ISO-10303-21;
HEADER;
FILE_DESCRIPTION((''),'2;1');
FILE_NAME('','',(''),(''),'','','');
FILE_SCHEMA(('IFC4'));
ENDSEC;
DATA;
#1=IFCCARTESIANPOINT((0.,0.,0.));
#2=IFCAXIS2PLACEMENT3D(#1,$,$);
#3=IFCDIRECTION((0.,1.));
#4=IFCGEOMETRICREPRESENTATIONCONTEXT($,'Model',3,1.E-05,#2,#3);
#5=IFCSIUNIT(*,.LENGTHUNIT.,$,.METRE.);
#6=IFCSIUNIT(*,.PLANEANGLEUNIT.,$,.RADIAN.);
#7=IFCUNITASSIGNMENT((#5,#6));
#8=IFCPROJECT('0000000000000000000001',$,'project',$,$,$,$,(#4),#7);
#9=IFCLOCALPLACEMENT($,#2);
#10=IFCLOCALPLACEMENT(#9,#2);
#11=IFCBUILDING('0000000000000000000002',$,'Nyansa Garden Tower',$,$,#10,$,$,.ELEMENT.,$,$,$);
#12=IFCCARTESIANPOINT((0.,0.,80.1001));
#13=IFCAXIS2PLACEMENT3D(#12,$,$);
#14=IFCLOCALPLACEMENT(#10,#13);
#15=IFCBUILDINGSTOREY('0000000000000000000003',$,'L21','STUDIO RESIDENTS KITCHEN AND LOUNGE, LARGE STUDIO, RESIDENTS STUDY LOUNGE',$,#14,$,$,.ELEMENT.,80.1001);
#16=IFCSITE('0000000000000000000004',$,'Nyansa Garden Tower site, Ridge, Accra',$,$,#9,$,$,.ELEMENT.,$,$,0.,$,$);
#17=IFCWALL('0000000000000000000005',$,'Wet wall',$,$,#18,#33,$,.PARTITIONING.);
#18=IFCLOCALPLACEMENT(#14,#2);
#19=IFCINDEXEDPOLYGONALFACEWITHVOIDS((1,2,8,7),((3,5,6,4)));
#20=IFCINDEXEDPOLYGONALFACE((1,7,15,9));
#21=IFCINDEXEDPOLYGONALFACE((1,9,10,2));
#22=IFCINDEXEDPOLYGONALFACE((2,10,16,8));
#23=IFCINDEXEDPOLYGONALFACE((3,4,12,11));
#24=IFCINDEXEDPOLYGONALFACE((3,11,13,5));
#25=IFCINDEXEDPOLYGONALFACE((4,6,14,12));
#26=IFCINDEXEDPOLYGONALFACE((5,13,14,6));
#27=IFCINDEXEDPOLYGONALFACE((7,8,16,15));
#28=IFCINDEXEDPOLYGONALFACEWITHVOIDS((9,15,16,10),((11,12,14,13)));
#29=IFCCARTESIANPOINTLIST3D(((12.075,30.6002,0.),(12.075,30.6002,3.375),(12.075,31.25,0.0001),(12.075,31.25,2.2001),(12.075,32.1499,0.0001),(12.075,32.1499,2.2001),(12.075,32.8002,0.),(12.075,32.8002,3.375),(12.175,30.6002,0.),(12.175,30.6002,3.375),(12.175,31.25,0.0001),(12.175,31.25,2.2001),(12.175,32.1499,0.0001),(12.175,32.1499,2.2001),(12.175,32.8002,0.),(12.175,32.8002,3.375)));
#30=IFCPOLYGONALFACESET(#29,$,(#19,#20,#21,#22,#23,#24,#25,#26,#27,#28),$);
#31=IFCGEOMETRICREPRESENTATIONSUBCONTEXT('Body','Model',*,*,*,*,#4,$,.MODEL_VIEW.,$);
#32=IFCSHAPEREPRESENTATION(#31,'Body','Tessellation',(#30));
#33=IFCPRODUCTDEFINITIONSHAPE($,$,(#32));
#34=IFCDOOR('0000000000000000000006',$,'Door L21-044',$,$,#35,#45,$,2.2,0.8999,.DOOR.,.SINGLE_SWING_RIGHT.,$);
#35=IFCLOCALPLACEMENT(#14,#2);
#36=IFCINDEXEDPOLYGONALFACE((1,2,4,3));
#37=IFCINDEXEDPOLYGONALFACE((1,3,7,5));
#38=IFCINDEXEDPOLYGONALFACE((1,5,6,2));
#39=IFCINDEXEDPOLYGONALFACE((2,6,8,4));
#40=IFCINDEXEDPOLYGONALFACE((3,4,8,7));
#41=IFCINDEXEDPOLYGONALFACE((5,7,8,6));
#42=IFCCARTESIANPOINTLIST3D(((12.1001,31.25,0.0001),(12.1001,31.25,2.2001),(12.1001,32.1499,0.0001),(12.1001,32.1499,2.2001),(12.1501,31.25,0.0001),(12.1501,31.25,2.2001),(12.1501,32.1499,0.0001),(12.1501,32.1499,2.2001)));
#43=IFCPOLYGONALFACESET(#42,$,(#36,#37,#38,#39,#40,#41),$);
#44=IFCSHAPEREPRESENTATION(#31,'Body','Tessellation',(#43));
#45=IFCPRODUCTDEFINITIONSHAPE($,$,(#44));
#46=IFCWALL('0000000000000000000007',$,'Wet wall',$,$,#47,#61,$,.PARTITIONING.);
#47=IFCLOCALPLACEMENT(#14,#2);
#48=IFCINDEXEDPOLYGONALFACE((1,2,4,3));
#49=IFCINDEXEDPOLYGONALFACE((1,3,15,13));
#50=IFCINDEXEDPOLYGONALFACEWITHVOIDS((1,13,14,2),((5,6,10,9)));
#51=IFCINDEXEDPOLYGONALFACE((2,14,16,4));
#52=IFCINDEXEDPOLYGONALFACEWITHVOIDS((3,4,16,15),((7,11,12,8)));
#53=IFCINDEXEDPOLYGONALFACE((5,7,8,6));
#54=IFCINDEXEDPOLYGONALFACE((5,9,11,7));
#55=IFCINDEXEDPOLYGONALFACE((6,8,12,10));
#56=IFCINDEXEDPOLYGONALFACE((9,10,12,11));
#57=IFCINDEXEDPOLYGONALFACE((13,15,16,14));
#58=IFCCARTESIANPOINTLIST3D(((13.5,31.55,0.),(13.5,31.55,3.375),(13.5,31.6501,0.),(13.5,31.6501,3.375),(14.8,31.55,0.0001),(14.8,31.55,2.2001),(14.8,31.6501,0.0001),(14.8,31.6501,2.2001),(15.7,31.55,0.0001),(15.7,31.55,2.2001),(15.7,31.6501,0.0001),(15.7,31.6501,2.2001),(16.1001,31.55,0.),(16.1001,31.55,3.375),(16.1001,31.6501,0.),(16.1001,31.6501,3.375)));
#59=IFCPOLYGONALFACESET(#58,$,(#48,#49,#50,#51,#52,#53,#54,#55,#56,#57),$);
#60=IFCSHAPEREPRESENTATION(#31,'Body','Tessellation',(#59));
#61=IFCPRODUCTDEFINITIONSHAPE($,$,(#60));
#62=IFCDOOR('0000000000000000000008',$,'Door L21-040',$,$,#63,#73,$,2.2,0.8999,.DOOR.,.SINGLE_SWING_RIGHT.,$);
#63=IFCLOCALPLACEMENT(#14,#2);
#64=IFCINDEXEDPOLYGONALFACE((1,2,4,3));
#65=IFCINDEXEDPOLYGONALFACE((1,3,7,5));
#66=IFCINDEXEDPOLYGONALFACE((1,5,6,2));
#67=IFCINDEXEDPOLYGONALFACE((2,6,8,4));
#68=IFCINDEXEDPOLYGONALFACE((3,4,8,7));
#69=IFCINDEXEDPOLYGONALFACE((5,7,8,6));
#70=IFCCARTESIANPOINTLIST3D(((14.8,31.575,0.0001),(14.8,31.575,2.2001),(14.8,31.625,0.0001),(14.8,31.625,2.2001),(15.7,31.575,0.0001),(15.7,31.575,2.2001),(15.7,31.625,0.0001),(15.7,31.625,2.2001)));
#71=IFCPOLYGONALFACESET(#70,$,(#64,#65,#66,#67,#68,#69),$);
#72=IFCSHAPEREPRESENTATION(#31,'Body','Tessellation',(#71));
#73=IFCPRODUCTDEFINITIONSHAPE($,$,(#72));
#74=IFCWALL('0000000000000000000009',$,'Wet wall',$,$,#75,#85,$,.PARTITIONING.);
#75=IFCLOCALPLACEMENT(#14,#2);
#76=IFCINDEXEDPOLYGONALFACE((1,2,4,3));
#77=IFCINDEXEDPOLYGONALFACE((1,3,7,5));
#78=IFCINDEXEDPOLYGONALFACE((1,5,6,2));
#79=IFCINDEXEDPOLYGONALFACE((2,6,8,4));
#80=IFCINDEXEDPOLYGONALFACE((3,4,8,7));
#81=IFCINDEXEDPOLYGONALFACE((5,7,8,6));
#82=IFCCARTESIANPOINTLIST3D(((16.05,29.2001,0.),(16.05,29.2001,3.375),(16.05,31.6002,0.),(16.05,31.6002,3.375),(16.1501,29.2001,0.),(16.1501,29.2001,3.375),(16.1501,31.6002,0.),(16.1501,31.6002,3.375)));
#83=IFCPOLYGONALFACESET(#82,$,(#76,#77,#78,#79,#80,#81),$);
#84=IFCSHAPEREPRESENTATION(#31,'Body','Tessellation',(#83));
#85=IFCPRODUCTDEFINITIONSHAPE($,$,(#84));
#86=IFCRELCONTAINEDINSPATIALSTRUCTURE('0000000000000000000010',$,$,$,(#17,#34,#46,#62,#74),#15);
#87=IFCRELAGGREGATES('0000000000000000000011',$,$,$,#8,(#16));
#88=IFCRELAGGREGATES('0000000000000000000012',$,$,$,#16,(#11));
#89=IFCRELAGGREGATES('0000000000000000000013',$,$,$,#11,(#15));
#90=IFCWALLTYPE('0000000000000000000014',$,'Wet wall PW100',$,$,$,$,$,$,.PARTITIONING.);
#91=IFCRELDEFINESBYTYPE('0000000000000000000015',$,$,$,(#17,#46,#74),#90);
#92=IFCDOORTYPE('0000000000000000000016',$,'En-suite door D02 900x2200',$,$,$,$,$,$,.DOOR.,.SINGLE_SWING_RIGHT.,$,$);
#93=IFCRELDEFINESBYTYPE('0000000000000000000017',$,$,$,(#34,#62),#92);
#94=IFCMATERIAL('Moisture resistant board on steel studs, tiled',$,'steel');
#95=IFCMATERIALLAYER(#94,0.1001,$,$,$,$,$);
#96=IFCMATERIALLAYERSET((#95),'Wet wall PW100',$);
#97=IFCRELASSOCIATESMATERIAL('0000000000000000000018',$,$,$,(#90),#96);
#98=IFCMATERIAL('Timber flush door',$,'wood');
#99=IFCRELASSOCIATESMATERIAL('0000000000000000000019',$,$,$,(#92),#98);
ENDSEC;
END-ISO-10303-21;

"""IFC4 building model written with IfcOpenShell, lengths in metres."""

from ifc_helpers import new_model, si_unit, direction, frame, frame_2d, origin, place, context, subcontext, project, spatial, rectangle, extrude, material, layer, layer_set, type_object, element, fill, save


model = new_model("IFC4")

# Units and contexts
model_context = context("Model", 3, precision=1e-05, world=origin(), true_north=direction((0.0, 1.0)))
body_context = subcontext(model_context, "Body", "Model", "MODEL_VIEW")
ifc_project = project(units=[si_unit("LENGTHUNIT", "METRE"), si_unit("PLANEANGLEUNIT", "RADIAN")], contexts=[model_context])

# Site, building, storey
site_placement = place(None, origin())
site = spatial("IfcSite", under=ifc_project, at=site_placement, Name="Nyansa Garden Tower site, Ridge, Accra", CompositionType="ELEMENT", RefElevation=0.0)
building_placement = place(site_placement, origin())
building = spatial("IfcBuilding", under=site, at=building_placement, Name="Nyansa Garden Tower", CompositionType="ELEMENT")
storey_placement = place(building_placement, frame((0.0, 0.0, 80.1001)))
storey = spatial("IfcBuildingStorey", under=building, at=storey_placement, Name="L21", Description="STUDIO RESIDENTS KITCHEN AND LOUNGE, LARGE STUDIO, RESIDENTS STUDY LOUNGE", CompositionType="ELEMENT", Elevation=80.1001)

# Shared definitions
ifc_material_1 = material(Name="Moisture resistant board on steel studs, tiled", Category="steel")
ifc_layer_1 = layer(ifc_material_1, 0.1001)
ifc_layer_set_1 = layer_set([ifc_layer_1], Name="Wet wall PW100")
wall_type_1 = type_object("IfcWallType", Name="Wet wall PW100", PredefinedType="PARTITIONING", material=ifc_layer_set_1)

# Walls, openings, doors
wall_1_placement = place(storey_placement, frame((12.125, 30.6001, 0.0), z_axis=(0.0, 0.0, 1.0), x_axis=(0.0, 1.0, 0.0)))
wall_1 = element("IfcWall", 1, at=wall_1_placement, inside=storey, type_object=wall_type_1, Name="Wet wall", PredefinedType="PARTITIONING", context=body_context, shape_type="SweptSolid", body=[
    extrude(rectangle(XDim=2.2, YDim=0.1001, at=frame_2d((1.1001, 0.0))), origin(), (0.0, 0.0, 1.0), 3.375),
])
opening_1_placement = place(wall_1_placement, frame((0.6499, 0.0, 0.0)))
opening_1 = element("IfcOpeningElement", 2, at=opening_1_placement, cuts=wall_1, PredefinedType="OPENING", context=body_context, shape_type="SweptSolid", body=[
    extrude(rectangle(XDim=0.8999, YDim=2.2, at=frame_2d((0.45, 1.1001))), frame((0.0, 0.0601, 0.0), z_axis=(0.0, -1.0, 0.0), x_axis=(1.0, 0.0, 0.0)), (0.0, 0.0, 1.0), 0.1201),
])
ifc_material_2 = material(Name="Timber flush door", Category="wood")
door_type_1 = type_object("IfcDoorType", Name="En-suite door D02 900x2200", OperationType="SINGLE_SWING_RIGHT", PredefinedType="DOOR", material=ifc_material_2)
door_1_placement = place(opening_1_placement, origin())
door_1 = element("IfcDoor", 3, at=door_1_placement, inside=storey, type_object=door_type_1, Name="Door L21-044", OperationType="SINGLE_SWING_RIGHT", OverallHeight=2.2, OverallWidth=0.8999, PredefinedType="DOOR", context=body_context, shape_type="SweptSolid", body=[
    extrude(rectangle(XDim=0.8999, YDim=2.2, at=frame_2d((0.45, 1.1001))), frame((0.0, 0.0249, 0.0), z_axis=(0.0, -1.0, 0.0), x_axis=(1.0, 0.0, 0.0)), (0.0, 0.0, 1.0), 0.05),
])
fill(opening_1, door_1)
wall_2_placement = place(storey_placement, frame((13.5, 31.6001, 0.0), z_axis=(0.0, 0.0, 1.0), x_axis=(1.0, 0.0, 0.0)))
wall_2 = element("IfcWall", 4, at=wall_2_placement, inside=storey, type_object=wall_type_1, Name="Wet wall", PredefinedType="PARTITIONING", context=body_context, shape_type="SweptSolid", body=[
    extrude(rectangle(XDim=2.6001, YDim=0.1001, at=frame_2d((1.3, 0.0))), origin(), (0.0, 0.0, 1.0), 3.375),
])
opening_2_placement = place(wall_2_placement, frame((1.3, 0.0, 0.0)))
opening_2 = element("IfcOpeningElement", 5, at=opening_2_placement, cuts=wall_2, PredefinedType="OPENING", context=body_context, shape_type="SweptSolid", body=[
    extrude(rectangle(XDim=0.8999, YDim=2.2, at=frame_2d((0.45, 1.1001))), frame((0.0, 0.0601, 0.0), z_axis=(0.0, -1.0, 0.0), x_axis=(1.0, 0.0, 0.0)), (0.0, 0.0, 1.0), 0.1201),
])
door_2_placement = place(opening_2_placement, origin())
door_2 = element("IfcDoor", 6, at=door_2_placement, inside=storey, type_object=door_type_1, Name="Door L21-040", OperationType="SINGLE_SWING_RIGHT", OverallHeight=2.2, OverallWidth=0.8999, PredefinedType="DOOR", context=body_context, shape_type="SweptSolid", body=[
    extrude(rectangle(XDim=0.8999, YDim=2.2, at=frame_2d((0.45, 1.1001))), frame((0.0, 0.0249, 0.0), z_axis=(0.0, -1.0, 0.0), x_axis=(1.0, 0.0, 0.0)), (0.0, 0.0, 1.0), 0.05),
])
fill(opening_2, door_2)

# Wall
wall_3_placement = place(storey_placement, frame((16.1001, 29.2, 0.0), z_axis=(0.0, 0.0, 1.0), x_axis=(0.0, 1.0, 0.0)))
element("IfcWall", 7, at=wall_3_placement, inside=storey, type_object=wall_type_1, Name="Wet wall", PredefinedType="PARTITIONING", context=body_context, shape_type="SweptSolid", body=[
    extrude(rectangle(XDim=2.4001, YDim=0.1001, at=frame_2d((1.2002, 0.0))), origin(), (0.0, 0.0, 1.0), 3.375),
])

save(model, "model.ifc")
